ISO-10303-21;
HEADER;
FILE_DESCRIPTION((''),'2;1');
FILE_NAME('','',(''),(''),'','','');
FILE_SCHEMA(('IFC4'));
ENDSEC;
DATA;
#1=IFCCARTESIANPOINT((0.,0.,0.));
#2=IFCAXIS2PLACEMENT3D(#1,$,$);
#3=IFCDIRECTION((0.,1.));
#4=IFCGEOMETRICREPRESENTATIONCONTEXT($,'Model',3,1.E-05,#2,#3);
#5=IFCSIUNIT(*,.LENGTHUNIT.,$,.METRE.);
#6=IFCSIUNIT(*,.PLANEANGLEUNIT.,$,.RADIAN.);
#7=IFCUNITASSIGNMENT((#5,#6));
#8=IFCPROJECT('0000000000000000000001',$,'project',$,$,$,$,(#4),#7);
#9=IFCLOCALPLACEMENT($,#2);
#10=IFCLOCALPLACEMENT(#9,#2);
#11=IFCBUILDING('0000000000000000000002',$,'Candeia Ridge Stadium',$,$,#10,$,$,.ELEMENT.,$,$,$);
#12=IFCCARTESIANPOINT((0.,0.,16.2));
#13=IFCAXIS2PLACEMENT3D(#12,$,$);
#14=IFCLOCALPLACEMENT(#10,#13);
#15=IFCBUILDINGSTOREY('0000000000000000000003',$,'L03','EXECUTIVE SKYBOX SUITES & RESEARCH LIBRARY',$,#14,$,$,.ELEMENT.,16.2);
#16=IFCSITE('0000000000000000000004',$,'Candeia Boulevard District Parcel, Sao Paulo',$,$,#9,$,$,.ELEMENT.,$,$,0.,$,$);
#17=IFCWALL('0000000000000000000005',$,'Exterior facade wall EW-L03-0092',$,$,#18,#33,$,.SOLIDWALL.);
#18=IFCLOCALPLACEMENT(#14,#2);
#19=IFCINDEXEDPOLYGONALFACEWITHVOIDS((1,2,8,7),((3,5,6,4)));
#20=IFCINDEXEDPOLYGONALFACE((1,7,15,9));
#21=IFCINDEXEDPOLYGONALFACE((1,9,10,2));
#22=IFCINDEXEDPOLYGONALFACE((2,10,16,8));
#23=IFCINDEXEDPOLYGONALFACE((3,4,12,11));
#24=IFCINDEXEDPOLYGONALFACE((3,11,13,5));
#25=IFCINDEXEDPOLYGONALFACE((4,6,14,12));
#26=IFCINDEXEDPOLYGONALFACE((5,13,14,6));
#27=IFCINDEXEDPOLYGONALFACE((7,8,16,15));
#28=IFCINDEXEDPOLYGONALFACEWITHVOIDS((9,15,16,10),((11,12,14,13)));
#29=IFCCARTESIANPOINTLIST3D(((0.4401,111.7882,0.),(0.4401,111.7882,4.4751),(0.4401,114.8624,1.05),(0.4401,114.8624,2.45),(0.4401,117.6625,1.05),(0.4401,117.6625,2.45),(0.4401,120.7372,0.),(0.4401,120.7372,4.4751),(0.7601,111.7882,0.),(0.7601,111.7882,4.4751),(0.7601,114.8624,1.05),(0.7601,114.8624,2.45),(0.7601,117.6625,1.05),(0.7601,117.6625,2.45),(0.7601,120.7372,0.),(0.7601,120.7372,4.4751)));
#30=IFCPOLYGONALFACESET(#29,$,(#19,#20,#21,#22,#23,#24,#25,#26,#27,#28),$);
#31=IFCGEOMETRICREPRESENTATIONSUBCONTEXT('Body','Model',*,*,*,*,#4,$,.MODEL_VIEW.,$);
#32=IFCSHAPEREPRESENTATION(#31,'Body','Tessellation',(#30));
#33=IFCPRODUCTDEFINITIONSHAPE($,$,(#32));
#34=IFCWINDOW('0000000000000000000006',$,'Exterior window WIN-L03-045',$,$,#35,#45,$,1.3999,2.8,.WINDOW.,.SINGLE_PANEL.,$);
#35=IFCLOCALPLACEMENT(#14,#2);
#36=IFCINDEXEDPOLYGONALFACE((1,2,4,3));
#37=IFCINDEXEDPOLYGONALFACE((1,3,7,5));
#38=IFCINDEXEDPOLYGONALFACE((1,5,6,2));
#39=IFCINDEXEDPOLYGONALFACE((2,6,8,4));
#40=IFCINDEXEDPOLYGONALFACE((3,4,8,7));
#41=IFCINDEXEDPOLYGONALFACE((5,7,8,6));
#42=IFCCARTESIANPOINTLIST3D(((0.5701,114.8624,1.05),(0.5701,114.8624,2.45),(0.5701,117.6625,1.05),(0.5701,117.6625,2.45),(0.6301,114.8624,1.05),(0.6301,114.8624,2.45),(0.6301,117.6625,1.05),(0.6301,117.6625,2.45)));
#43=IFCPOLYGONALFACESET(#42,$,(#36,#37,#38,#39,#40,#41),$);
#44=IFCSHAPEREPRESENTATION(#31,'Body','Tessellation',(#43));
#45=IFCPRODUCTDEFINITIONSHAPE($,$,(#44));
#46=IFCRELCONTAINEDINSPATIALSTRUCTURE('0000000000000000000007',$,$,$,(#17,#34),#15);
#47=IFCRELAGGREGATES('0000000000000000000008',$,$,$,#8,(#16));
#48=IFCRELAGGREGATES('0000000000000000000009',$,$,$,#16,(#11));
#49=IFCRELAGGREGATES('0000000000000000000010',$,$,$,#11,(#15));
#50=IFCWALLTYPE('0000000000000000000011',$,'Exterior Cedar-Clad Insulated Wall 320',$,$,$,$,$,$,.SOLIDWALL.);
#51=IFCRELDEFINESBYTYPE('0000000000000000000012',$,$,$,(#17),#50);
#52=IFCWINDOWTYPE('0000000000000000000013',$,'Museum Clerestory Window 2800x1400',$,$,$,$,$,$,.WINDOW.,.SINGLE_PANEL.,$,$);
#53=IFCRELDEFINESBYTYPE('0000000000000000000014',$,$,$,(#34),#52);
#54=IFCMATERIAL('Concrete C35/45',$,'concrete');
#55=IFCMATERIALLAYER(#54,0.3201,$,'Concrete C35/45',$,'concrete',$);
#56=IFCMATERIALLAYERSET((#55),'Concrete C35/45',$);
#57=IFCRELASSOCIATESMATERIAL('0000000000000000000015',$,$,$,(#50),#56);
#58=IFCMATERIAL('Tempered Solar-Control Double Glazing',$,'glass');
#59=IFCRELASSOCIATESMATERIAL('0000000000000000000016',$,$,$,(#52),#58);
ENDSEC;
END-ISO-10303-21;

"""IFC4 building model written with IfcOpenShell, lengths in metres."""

from ifc_helpers import new_model, si_unit, direction, frame, frame_2d, origin, place, context, subcontext, project, spatial, rectangle, extrude, material, layer, layer_set, type_object, element, fill, save


model = new_model("IFC4")

# Units and contexts
model_context = context("Model", 3, precision=1e-05, world=origin(), true_north=direction((0.0, 1.0)))
body_context = subcontext(model_context, "Body", "Model", "MODEL_VIEW")
ifc_project = project(units=[si_unit("LENGTHUNIT", "METRE"), si_unit("PLANEANGLEUNIT", "RADIAN")], contexts=[model_context])

# Site, building, storey
site_placement = place(None, origin())
site = spatial("IfcSite", under=ifc_project, at=site_placement, Name="Candeia Boulevard District Parcel, Sao Paulo", CompositionType="ELEMENT", RefElevation=0.0)
building_placement = place(site_placement, origin())
building = spatial("IfcBuilding", under=site, at=building_placement, Name="Candeia Ridge Stadium", CompositionType="ELEMENT")
storey_placement = place(building_placement, frame((0.0, 0.0, 16.2)))
storey = spatial("IfcBuildingStorey", under=building, at=storey_placement, Name="L03", Description="EXECUTIVE SKYBOX SUITES & RESEARCH LIBRARY", CompositionType="ELEMENT", Elevation=16.2)

# Wall, opening, window
ifc_material_1 = material(Name="Concrete C35/45", Category="concrete")
ifc_layer_1 = layer(ifc_material_1, 0.3201, Name="Concrete C35/45", Category="concrete")
ifc_layer_set_1 = layer_set([ifc_layer_1], Name="Concrete C35/45")
wall_type_1 = type_object("IfcWallType", Name="Exterior Cedar-Clad Insulated Wall 320", PredefinedType="SOLIDWALL", material=ifc_layer_set_1)
wall_1_placement = place(storey_placement, frame((0.6001, 111.7881, 0.0), z_axis=(0.0, 0.0, 1.0), x_axis=(0.0, 1.0, 0.0)))
wall_1 = element("IfcWall", 1, at=wall_1_placement, inside=storey, type_object=wall_type_1, Name="Exterior facade wall EW-L03-0092", PredefinedType="SOLIDWALL", context=body_context, shape_type="SweptSolid", body=[
    extrude(rectangle(XDim=8.949, YDim=0.3201, at=frame_2d((4.4746, 0.0))), origin(), (0.0, 0.0, 1.0), 4.4751),
])
opening_placement = place(wall_1_placement, frame((3.0745, 0.0, 1.05)))
opening = element("IfcOpeningElement", 2, at=opening_placement, cuts=wall_1, PredefinedType="OPENING", context=body_context, shape_type="SweptSolid", body=[
    extrude(rectangle(XDim=2.8, YDim=1.3999, at=frame_2d((1.3999, 0.7))), frame((0.0, 0.1699, 0.0), z_axis=(0.0, -1.0, 0.0), x_axis=(1.0, 0.0, 0.0)), (0.0, 0.0, 1.0), 0.3401),
])
ifc_material_2 = material(Name="Tempered Solar-Control Double Glazing", Category="glass")
window_type = type_object("IfcWindowType", Name="Museum Clerestory Window 2800x1400", PartitioningType="SINGLE_PANEL", PredefinedType="WINDOW", material=ifc_material_2)
window_placement = place(opening_placement, origin())
window = element("IfcWindow", 3, at=window_placement, inside=storey, type_object=window_type, Name="Exterior window WIN-L03-045", OverallHeight=1.3999, OverallWidth=2.8, PartitioningType="SINGLE_PANEL", PredefinedType="WINDOW", context=body_context, shape_type="SweptSolid", body=[
    extrude(rectangle(XDim=2.8, YDim=1.3999, at=frame_2d((1.3999, 0.7))), frame((0.0, 0.03, 0.0), z_axis=(0.0, -1.0, 0.0), x_axis=(1.0, 0.0, 0.0)), (0.0, 0.0, 1.0), 0.0601),
])
fill(opening, window)

save(model, "model.ifc")
